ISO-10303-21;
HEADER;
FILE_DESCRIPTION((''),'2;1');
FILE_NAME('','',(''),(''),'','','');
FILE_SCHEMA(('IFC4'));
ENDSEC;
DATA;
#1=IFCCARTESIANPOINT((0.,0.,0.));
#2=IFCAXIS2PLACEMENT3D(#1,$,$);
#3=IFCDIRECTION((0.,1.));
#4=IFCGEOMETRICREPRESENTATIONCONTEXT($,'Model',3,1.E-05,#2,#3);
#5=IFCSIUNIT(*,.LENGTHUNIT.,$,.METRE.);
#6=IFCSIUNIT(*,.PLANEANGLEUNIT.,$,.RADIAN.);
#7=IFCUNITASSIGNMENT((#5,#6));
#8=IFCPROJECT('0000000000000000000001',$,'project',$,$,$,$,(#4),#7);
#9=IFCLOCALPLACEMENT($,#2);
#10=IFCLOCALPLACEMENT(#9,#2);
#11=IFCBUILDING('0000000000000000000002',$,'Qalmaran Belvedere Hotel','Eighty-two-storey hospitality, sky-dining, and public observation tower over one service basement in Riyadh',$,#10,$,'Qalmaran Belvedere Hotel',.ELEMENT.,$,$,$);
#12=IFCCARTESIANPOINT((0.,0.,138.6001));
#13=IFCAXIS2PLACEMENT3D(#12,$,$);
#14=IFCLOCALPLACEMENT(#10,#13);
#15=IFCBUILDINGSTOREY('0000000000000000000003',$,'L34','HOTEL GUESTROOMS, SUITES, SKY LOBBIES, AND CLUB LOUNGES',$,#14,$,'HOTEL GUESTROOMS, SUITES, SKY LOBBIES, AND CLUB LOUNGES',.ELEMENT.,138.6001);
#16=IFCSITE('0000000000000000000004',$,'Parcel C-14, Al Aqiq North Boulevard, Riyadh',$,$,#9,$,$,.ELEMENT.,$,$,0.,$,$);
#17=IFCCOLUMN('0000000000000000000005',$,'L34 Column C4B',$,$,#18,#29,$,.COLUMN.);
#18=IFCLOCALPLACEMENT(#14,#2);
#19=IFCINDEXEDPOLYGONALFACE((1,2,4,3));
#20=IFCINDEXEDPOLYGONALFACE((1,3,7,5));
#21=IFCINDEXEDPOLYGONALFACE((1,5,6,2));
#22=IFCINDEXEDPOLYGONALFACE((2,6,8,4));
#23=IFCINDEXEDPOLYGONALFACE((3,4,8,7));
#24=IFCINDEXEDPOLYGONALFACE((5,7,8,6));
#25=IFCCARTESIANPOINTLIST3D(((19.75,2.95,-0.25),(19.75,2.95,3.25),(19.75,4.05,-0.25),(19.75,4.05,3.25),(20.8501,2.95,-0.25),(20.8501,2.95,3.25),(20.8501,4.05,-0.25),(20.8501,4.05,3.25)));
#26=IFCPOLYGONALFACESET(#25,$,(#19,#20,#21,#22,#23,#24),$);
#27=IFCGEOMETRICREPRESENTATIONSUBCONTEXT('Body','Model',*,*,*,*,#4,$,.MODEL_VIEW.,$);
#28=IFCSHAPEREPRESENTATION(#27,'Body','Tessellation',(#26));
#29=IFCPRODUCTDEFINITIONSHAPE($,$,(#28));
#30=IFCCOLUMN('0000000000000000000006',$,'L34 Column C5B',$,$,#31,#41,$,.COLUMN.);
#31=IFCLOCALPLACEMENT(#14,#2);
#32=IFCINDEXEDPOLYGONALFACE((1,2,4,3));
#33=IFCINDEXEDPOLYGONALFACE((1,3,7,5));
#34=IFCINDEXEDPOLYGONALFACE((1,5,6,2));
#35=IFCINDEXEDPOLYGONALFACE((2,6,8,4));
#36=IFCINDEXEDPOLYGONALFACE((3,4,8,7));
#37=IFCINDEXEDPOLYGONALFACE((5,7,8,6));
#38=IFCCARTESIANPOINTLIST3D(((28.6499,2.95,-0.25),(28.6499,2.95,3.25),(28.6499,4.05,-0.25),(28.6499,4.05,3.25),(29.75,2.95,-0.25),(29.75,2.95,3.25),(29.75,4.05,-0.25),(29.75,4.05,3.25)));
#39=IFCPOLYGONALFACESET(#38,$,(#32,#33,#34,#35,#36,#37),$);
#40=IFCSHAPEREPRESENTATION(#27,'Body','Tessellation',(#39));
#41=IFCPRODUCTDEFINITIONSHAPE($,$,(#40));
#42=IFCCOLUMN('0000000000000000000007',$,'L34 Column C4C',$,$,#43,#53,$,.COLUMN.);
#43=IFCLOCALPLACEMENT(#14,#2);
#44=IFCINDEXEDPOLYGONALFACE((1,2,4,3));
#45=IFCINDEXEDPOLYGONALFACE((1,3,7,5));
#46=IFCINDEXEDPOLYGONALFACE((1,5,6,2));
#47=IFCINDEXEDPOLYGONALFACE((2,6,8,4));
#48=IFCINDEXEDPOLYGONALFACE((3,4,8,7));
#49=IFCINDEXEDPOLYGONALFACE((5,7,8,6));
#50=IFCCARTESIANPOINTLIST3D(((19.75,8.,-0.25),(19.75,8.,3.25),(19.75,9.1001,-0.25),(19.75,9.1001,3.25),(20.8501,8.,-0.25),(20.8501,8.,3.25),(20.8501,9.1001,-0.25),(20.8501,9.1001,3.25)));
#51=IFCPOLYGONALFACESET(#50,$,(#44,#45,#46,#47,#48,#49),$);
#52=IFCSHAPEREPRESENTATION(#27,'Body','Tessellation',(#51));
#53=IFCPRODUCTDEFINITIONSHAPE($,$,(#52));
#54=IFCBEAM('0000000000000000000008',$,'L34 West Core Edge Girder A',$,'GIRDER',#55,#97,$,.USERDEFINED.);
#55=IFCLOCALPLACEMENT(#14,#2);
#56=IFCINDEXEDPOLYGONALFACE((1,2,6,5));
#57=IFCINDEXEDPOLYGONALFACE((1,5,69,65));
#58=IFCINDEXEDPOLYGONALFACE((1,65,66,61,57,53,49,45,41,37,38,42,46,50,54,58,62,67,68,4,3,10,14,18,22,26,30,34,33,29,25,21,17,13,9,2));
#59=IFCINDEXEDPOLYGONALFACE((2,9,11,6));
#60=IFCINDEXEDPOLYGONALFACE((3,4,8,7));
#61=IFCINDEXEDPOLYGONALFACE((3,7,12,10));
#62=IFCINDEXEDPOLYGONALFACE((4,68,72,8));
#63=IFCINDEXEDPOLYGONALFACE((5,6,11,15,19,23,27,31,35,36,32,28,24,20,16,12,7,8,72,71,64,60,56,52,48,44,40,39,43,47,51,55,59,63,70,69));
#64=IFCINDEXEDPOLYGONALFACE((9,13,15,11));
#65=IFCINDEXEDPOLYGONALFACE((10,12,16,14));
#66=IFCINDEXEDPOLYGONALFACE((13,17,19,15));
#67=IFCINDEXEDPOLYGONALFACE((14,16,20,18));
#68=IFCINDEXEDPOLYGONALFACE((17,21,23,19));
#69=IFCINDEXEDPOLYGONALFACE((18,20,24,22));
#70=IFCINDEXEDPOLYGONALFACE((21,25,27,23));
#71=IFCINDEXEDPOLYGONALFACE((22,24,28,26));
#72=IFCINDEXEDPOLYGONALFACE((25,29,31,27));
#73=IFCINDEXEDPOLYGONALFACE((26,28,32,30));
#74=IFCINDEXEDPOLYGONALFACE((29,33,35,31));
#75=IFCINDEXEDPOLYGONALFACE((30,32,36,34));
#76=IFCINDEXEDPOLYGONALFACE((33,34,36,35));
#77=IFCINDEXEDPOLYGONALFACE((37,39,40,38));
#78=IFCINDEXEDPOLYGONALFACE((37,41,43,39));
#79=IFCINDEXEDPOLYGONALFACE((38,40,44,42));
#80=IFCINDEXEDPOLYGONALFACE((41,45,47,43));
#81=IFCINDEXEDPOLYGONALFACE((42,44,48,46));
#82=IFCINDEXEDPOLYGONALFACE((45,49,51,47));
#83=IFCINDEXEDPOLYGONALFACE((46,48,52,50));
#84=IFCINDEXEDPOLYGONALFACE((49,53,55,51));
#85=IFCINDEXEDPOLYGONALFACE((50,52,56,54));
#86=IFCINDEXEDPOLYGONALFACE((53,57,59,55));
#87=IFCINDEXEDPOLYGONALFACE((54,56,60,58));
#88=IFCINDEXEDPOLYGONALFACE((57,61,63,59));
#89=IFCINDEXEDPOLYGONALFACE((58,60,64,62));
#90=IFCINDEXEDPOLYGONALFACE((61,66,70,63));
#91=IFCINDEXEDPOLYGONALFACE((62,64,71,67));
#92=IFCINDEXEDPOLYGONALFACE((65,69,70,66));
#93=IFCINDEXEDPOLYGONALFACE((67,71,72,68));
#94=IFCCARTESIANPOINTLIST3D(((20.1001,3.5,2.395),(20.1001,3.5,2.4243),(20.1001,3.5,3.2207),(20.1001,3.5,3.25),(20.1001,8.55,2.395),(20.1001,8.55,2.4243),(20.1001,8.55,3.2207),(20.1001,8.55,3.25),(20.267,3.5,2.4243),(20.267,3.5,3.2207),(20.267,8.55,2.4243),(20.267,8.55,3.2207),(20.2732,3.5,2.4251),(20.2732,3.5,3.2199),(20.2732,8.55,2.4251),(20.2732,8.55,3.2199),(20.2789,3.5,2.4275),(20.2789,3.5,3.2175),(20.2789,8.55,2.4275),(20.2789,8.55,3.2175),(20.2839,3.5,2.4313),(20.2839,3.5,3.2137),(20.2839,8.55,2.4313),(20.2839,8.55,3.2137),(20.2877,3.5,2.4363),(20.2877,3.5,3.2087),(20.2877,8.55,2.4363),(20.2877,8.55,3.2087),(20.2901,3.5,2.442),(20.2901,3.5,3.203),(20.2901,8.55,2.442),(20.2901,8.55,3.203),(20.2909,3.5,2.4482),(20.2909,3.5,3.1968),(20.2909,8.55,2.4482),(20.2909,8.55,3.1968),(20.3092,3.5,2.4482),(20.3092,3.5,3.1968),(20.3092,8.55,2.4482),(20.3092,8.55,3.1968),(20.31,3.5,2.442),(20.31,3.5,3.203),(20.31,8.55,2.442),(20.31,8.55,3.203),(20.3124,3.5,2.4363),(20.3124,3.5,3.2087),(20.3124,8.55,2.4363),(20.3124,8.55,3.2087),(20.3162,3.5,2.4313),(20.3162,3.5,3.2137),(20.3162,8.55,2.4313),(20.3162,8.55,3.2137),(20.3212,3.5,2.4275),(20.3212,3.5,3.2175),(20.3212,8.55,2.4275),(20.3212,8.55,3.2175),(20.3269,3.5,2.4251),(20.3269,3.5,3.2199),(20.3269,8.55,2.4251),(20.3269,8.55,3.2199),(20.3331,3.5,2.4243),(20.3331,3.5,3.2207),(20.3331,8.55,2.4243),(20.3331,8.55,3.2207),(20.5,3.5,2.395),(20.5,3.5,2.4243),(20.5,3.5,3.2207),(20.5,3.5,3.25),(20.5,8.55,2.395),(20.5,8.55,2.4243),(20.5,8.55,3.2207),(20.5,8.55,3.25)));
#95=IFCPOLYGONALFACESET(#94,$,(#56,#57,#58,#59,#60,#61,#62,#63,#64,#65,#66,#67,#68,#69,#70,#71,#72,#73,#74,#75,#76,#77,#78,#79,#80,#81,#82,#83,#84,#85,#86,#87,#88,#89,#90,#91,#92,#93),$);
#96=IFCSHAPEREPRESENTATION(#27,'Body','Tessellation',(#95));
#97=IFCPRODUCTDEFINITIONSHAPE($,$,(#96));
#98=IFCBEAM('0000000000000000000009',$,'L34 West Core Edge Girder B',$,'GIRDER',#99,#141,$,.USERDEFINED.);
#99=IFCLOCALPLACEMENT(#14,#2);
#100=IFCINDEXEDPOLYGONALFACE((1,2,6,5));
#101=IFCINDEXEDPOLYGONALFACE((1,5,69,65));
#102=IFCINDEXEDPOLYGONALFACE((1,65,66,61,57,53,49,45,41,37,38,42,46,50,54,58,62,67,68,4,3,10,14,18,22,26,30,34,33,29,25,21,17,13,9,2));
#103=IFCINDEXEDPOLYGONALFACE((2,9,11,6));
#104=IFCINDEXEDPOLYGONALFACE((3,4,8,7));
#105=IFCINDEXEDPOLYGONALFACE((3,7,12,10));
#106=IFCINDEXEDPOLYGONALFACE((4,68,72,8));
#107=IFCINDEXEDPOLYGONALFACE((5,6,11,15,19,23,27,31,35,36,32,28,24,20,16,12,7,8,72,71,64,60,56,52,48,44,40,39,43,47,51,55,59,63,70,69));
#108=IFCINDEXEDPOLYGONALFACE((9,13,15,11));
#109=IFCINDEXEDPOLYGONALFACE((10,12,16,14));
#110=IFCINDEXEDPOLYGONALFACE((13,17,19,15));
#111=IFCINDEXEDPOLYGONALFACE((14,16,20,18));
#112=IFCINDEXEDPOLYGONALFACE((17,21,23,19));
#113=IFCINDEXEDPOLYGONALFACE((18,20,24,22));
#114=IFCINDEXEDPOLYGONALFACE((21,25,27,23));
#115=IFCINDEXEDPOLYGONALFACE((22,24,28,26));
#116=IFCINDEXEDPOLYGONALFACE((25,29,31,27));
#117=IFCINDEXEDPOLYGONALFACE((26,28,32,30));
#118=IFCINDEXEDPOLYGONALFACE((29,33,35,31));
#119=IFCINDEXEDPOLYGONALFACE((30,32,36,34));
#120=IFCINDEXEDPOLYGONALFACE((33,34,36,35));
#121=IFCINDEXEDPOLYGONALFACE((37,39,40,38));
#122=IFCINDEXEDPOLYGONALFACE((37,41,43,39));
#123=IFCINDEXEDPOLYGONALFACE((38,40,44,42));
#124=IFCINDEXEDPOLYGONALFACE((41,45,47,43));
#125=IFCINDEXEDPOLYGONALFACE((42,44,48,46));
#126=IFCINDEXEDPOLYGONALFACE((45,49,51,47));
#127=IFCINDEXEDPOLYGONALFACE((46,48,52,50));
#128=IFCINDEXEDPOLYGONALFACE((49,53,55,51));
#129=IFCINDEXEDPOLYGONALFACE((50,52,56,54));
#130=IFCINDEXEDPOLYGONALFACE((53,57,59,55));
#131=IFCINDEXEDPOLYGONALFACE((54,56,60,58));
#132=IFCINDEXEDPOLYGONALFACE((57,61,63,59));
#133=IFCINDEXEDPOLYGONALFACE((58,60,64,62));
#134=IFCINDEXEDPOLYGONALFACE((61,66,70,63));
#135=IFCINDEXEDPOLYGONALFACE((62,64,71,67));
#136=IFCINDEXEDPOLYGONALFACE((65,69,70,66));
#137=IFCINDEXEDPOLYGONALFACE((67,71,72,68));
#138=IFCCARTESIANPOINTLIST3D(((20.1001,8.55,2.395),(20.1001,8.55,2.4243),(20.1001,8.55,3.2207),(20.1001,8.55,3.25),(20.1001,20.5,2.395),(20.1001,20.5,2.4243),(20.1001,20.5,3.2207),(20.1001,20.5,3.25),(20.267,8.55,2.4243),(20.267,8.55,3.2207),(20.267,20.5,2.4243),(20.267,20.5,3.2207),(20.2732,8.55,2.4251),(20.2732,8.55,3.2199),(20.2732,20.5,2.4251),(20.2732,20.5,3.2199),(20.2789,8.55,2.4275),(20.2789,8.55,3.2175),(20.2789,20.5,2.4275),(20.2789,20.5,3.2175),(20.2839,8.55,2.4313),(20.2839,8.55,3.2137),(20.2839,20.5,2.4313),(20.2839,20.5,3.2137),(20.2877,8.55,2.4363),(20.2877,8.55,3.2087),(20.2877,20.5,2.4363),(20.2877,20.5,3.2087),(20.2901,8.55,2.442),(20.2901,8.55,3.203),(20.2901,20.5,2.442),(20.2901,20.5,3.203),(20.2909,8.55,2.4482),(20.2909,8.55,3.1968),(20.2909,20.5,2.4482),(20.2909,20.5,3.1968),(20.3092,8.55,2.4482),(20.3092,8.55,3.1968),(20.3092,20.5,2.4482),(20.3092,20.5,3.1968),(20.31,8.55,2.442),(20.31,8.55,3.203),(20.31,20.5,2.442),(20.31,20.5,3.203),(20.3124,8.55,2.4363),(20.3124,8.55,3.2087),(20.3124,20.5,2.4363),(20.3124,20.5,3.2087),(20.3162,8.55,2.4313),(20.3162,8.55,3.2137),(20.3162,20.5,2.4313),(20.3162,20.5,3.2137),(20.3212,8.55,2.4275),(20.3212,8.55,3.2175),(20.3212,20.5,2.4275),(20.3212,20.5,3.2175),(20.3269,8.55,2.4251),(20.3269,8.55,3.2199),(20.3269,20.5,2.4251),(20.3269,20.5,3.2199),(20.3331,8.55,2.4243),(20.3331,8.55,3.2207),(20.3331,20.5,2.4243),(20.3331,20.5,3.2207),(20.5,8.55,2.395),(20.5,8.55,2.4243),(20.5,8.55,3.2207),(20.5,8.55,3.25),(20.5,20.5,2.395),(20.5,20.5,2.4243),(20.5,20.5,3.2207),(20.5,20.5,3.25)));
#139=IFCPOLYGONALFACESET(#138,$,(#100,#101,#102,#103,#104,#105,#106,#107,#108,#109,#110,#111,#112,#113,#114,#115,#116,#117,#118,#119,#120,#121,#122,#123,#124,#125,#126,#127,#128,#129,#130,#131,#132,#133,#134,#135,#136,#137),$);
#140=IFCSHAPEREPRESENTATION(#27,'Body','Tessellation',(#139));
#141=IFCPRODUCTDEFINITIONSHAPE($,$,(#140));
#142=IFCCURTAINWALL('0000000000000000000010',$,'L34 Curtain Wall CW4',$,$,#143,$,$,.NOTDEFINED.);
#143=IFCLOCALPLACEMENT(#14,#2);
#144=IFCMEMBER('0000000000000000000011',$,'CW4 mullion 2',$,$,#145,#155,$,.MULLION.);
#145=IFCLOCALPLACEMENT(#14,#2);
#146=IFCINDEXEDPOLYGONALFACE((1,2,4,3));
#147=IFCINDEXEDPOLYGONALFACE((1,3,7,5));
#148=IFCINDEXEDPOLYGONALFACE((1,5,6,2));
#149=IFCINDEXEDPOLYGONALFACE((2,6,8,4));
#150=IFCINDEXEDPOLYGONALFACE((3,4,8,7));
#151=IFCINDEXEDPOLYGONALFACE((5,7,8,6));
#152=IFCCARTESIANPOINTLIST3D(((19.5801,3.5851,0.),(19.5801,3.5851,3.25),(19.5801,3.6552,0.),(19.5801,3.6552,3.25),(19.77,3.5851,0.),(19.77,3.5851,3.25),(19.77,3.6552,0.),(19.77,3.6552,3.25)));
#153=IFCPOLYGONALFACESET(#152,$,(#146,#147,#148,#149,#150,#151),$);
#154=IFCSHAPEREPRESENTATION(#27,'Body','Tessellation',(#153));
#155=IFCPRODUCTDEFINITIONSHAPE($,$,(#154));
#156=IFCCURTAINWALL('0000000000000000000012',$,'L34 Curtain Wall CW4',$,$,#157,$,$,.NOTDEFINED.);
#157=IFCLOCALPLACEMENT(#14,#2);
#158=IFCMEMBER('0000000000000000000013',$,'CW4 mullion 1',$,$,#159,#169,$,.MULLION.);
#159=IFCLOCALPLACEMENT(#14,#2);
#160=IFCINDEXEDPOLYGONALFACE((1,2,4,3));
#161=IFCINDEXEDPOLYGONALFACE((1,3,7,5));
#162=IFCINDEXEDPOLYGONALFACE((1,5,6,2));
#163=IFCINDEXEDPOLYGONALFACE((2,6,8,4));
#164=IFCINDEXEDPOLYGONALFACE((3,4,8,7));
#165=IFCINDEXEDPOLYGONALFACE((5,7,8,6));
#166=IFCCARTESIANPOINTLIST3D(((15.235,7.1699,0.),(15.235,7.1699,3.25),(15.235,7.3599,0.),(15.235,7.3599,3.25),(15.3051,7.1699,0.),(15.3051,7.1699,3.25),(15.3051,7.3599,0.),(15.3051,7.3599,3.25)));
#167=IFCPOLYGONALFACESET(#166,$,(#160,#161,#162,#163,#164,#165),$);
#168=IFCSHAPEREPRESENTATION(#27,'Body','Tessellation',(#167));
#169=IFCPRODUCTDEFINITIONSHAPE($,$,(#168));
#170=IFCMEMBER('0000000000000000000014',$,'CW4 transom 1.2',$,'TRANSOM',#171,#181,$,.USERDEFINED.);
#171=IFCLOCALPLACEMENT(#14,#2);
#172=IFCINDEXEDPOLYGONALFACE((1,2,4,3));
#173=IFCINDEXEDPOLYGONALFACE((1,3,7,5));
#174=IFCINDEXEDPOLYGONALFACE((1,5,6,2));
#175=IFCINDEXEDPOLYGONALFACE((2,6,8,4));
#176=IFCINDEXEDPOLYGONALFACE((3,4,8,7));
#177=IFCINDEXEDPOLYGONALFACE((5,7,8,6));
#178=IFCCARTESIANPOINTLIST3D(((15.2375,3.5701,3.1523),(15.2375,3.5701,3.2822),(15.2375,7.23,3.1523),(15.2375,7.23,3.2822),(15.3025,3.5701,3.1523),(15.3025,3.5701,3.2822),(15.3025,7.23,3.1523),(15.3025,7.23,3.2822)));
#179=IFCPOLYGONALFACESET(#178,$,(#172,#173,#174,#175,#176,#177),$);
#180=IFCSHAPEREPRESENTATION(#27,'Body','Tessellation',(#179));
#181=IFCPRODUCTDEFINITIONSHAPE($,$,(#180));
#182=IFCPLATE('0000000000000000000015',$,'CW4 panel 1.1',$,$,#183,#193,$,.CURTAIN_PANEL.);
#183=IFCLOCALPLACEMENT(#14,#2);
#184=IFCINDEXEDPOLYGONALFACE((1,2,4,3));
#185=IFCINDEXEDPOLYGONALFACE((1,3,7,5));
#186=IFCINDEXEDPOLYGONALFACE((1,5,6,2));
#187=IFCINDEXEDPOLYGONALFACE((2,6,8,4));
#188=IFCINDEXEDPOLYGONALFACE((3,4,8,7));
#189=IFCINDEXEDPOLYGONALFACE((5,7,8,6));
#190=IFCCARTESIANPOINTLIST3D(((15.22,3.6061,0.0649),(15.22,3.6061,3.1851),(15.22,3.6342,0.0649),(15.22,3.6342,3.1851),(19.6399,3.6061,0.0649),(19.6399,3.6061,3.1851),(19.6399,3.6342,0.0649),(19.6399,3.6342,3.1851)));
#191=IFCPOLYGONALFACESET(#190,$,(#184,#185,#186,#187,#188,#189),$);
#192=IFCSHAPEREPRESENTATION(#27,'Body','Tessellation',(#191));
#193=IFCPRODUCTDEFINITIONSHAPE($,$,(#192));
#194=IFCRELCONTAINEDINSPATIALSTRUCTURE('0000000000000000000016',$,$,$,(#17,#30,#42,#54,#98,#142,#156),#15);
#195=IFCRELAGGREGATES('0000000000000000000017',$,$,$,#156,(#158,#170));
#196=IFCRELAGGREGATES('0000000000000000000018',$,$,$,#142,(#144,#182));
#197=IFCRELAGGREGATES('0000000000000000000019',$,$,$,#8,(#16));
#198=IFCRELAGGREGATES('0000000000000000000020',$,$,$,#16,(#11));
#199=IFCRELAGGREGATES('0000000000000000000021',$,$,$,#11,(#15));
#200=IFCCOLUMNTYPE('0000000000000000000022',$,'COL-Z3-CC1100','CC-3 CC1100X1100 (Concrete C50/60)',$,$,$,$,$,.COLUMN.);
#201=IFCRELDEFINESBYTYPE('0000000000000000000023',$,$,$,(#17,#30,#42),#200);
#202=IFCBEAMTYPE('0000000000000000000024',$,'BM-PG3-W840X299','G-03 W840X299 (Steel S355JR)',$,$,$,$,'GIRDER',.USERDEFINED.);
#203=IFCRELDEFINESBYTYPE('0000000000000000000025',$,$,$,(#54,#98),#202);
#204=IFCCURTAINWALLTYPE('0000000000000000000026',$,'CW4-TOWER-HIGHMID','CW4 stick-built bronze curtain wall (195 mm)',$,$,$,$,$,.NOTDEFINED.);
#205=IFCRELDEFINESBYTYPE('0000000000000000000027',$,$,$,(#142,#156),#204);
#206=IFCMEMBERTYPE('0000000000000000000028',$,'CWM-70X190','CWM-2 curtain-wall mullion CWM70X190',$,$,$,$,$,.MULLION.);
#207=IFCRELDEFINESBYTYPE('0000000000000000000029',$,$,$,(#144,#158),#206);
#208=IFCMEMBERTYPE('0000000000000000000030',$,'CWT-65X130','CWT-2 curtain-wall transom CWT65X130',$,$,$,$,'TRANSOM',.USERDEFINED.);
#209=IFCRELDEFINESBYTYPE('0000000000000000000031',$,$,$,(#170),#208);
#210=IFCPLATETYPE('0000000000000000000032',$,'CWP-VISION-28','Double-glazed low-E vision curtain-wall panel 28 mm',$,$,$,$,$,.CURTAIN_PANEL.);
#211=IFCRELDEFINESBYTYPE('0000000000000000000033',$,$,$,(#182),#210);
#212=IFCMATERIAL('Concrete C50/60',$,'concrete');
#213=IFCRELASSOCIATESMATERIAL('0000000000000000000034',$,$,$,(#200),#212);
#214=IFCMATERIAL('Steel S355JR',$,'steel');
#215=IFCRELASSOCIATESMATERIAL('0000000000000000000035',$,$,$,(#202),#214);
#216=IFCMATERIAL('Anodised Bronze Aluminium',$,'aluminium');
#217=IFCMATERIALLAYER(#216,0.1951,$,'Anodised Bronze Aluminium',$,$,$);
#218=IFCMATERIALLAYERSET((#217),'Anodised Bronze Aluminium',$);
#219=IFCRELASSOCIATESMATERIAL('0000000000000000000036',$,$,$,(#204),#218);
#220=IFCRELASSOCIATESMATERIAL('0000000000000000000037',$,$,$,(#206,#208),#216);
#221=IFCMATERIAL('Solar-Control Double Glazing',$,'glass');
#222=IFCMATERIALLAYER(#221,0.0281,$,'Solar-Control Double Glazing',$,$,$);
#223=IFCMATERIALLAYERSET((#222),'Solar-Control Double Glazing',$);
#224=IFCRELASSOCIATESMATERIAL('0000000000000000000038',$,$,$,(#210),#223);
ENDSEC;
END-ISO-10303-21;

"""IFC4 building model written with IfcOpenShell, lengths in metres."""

from ifc_helpers import new_model, si_unit, direction, frame, origin, origin_2d, place, context, subcontext, project, spatial, rectangle, i_section, extrude, material, layer, layer_set, material_profile, profile_set, type_object, element, aggregate, save


model = new_model("IFC4")

# Units and contexts
model_context = context("Model", 3, precision=1e-05, world=origin(), true_north=direction((0.0, 1.0)))
body_context = subcontext(model_context, "Body", "Model", "MODEL_VIEW")
ifc_project = project(units=[si_unit("LENGTHUNIT", "METRE"), si_unit("PLANEANGLEUNIT", "RADIAN")], contexts=[model_context])

# Site, building, storey
site_placement = place(None, origin())
site = spatial("IfcSite", under=ifc_project, at=site_placement, Name="Parcel C-14, Al Aqiq North Boulevard, Riyadh", CompositionType="ELEMENT", RefElevation=0.0)
building_placement = place(site_placement, origin())
building = spatial("IfcBuilding", under=site, at=building_placement, Name="Qalmaran Belvedere Hotel", Description="Eighty-two-storey hospitality, sky-dining, and public observation tower over one service basement in Riyadh", LongName="Qalmaran Belvedere Hotel", CompositionType="ELEMENT")
storey_placement = place(building_placement, frame((0.0, 0.0, 138.6001)))
storey = spatial("IfcBuildingStorey", under=building, at=storey_placement, Name="L34", Description="HOTEL GUESTROOMS, SUITES, SKY LOBBIES, AND CLUB LOUNGES", LongName="HOTEL GUESTROOMS, SUITES, SKY LOBBIES, AND CLUB LOUNGES", CompositionType="ELEMENT", Elevation=138.6001)

# Columns
ifc_material_1 = material(Name="Concrete C50/60", Category="concrete")
ifc_material_profile_1 = material_profile(ifc_material_1, rectangle(XDim=1.1001, YDim=1.1001, at=origin_2d()), Name="CC1100X1100")
ifc_profile_set_1 = profile_set([ifc_material_profile_1], Name="Concrete C50/60")
column_type = type_object("IfcColumnType", Name="COL-Z3-CC1100", Description="CC-3 CC1100X1100 (Concrete C50/60)", PredefinedType="COLUMN", material=ifc_profile_set_1)
for number, where, z_axis, x_axis, name in (
    (1, (20.3, 3.5, -0.25), (0.0, 0.0, 1.0), (1.0, 0.0, 0.0), "L34 Column C4B"),
    (2, (29.2, 3.5, -0.25), (0.0, 0.0, 1.0), (1.0, 0.0, 0.0), "L34 Column C5B"),
    (3, (20.3, 8.55, -0.25), (0.0, 0.0, 1.0), (1.0, 0.0, 0.0), "L34 Column C4C"),
):
    element("IfcColumn", number, at=place(storey_placement, frame(where, z_axis=z_axis, x_axis=x_axis)), inside=storey, type_object=column_type, Name=name, PredefinedType="COLUMN", context=body_context, shape_type="SweptSolid", body=[
        extrude(rectangle(XDim=1.1001, YDim=1.1001, at=origin_2d()), origin(), (0.0, 0.0, 1.0), 3.5),
    ])

# Beams
ifc_material_2 = material(Name="Steel S355JR", Category="steel")
ifc_material_profile_2 = material_profile(ifc_material_2, i_section(OverallWidth=0.3999, OverallDepth=0.855, WebThickness=0.0183, FlangeThickness=0.0293, FilletRadius=0.0239, at=origin_2d()), Name="W840X299")
ifc_profile_set_2 = profile_set([ifc_material_profile_2], Name="Steel S355JR")
beam_type = type_object("IfcBeamType", Name="BM-PG3-W840X299", Description="G-03 W840X299 (Steel S355JR)", ElementType="GIRDER", PredefinedType="USERDEFINED", material=ifc_profile_set_2)
beam_1_placement = place(storey_placement, frame((20.3, 3.5, 2.8225), z_axis=(0.0, 1.0, 0.0), x_axis=(-1.0, 0.0, 0.0)))
element("IfcBeam", 4, at=beam_1_placement, inside=storey, type_object=beam_type, Name="L34 West Core Edge Girder A", ObjectType="GIRDER", PredefinedType="USERDEFINED", context=body_context, shape_type="SweptSolid", body=[
    extrude(i_section(OverallWidth=0.3999, OverallDepth=0.855, WebThickness=0.0183, FlangeThickness=0.0293, FilletRadius=0.0239, at=origin_2d()), origin(), (0.0, 0.0, 1.0), 5.05),
])
beam_2_placement = place(storey_placement, frame((20.3, 8.55, 2.8225), z_axis=(0.0, 1.0, 0.0), x_axis=(-1.0, 0.0, 0.0)))
element("IfcBeam", 5, at=beam_2_placement, inside=storey, type_object=beam_type, Name="L34 West Core Edge Girder B", ObjectType="GIRDER", PredefinedType="USERDEFINED", context=body_context, shape_type="SweptSolid", body=[
    extrude(i_section(OverallWidth=0.3999, OverallDepth=0.855, WebThickness=0.0183, FlangeThickness=0.0293, FilletRadius=0.0239, at=origin_2d()), origin(), (0.0, 0.0, 1.0), 11.95),
])

# Curtain wall, member
ifc_material_3 = material(Name="Anodised Bronze Aluminium", Category="aluminium")
ifc_layer_1 = layer(ifc_material_3, 0.1951, Name="Anodised Bronze Aluminium")
ifc_layer_set_1 = layer_set([ifc_layer_1], Name="Anodised Bronze Aluminium")
curtain_wall_type = type_object("IfcCurtainWallType", Name="CW4-TOWER-HIGHMID", Description="CW4 stick-built bronze curtain wall (195 mm)", PredefinedType="NOTDEFINED", material=ifc_layer_set_1)
curtain_wall_1_placement = place(storey_placement, origin())
curtain_wall_1 = element("IfcCurtainWall", 6, at=curtain_wall_1_placement, inside=storey, type_object=curtain_wall_type, Name="L34 Curtain Wall CW4", PredefinedType="NOTDEFINED")
ifc_material_profile_3 = material_profile(ifc_material_3, rectangle(XDim=0.0701, YDim=0.1899, at=origin_2d()), Name="CWM70X190")
ifc_profile_set_3 = profile_set([ifc_material_profile_3], Name="Anodised Bronze Aluminium")
member_type_1 = type_object("IfcMemberType", Name="CWM-70X190", Description="CWM-2 curtain-wall mullion CWM70X190", PredefinedType="MULLION", material=ifc_profile_set_3)
member_1_placement = place(storey_placement, frame((19.675, 3.6201, 0.0), z_axis=(0.0, 0.0, 1.0), x_axis=(0.0, 1.0, 0.0)))
member_1 = element("IfcMember", 7, at=member_1_placement, type_object=member_type_1, Name="CW4 mullion 2", PredefinedType="MULLION", context=body_context, shape_type="SweptSolid", body=[
    extrude(rectangle(XDim=0.0701, YDim=0.1899, at=origin_2d()), origin(), (0.0, 0.0, 1.0), 3.25),
])

# Curtain wall, members
curtain_wall_2_placement = place(storey_placement, origin())
curtain_wall_2 = element("IfcCurtainWall", 8, at=curtain_wall_2_placement, inside=storey, type_object=curtain_wall_type, Name="L34 Curtain Wall CW4", PredefinedType="NOTDEFINED")
member_2_placement = place(storey_placement, frame((15.27, 7.2649, 0.0), z_axis=(0.0, 0.0, 1.0), x_axis=(1.0, 0.0, 0.0)))
member_2 = element("IfcMember", 9, at=member_2_placement, type_object=member_type_1, Name="CW4 mullion 1", PredefinedType="MULLION", context=body_context, shape_type="SweptSolid", body=[
    extrude(rectangle(XDim=0.0701, YDim=0.1899, at=origin_2d()), origin(), (0.0, 0.0, 1.0), 3.25),
])
ifc_material_profile_4 = material_profile(ifc_material_3, rectangle(XDim=0.0649, YDim=0.1299, at=origin_2d()), Name="CWT65X130")
ifc_profile_set_4 = profile_set([ifc_material_profile_4], Name="Anodised Bronze Aluminium")
member_type_2 = type_object("IfcMemberType", Name="CWT-65X130", Description="CWT-2 curtain-wall transom CWT65X130", ElementType="TRANSOM", PredefinedType="USERDEFINED", material=ifc_profile_set_4)
member_3_placement = place(storey_placement, frame((15.27, 7.23, 3.2173), z_axis=(0.0, -1.0, 0.0), x_axis=(1.0, 0.0, 0.0)))
member_3 = element("IfcMember", 10, at=member_3_placement, type_object=member_type_2, Name="CW4 transom 1.2", ObjectType="TRANSOM", PredefinedType="USERDEFINED", context=body_context, shape_type="SweptSolid", body=[
    extrude(rectangle(XDim=0.0649, YDim=0.1299, at=origin_2d()), origin(), (0.0, 0.0, 1.0), 3.6599),
])
aggregate(curtain_wall_2, [member_2, member_3])

# Plate
ifc_material_4 = material(Name="Solar-Control Double Glazing", Category="glass")
ifc_layer_2 = layer(ifc_material_4, 0.0281, Name="Solar-Control Double Glazing")
ifc_layer_set_2 = layer_set([ifc_layer_2], Name="Solar-Control Double Glazing")
plate_type = type_object("IfcPlateType", Name="CWP-VISION-28", Description="Double-glazed low-E vision curtain-wall panel 28 mm", PredefinedType="CURTAIN_PANEL", material=ifc_layer_set_2)
plate_placement = place(storey_placement, frame((17.4299, 3.6201, 0.0649), z_axis=(0.0, 0.0, 1.0), x_axis=(1.0, 0.0, 0.0)))
plate = element("IfcPlate", 11, at=plate_placement, type_object=plate_type, Name="CW4 panel 1.1", PredefinedType="CURTAIN_PANEL", context=body_context, shape_type="SweptSolid", body=[
    extrude(rectangle(XDim=4.4199, YDim=0.0281, at=origin_2d()), origin(), (0.0, 0.0, 1.0), 3.1201),
])
aggregate(curtain_wall_1, [member_1, plate])

save(model, "model.ifc")
